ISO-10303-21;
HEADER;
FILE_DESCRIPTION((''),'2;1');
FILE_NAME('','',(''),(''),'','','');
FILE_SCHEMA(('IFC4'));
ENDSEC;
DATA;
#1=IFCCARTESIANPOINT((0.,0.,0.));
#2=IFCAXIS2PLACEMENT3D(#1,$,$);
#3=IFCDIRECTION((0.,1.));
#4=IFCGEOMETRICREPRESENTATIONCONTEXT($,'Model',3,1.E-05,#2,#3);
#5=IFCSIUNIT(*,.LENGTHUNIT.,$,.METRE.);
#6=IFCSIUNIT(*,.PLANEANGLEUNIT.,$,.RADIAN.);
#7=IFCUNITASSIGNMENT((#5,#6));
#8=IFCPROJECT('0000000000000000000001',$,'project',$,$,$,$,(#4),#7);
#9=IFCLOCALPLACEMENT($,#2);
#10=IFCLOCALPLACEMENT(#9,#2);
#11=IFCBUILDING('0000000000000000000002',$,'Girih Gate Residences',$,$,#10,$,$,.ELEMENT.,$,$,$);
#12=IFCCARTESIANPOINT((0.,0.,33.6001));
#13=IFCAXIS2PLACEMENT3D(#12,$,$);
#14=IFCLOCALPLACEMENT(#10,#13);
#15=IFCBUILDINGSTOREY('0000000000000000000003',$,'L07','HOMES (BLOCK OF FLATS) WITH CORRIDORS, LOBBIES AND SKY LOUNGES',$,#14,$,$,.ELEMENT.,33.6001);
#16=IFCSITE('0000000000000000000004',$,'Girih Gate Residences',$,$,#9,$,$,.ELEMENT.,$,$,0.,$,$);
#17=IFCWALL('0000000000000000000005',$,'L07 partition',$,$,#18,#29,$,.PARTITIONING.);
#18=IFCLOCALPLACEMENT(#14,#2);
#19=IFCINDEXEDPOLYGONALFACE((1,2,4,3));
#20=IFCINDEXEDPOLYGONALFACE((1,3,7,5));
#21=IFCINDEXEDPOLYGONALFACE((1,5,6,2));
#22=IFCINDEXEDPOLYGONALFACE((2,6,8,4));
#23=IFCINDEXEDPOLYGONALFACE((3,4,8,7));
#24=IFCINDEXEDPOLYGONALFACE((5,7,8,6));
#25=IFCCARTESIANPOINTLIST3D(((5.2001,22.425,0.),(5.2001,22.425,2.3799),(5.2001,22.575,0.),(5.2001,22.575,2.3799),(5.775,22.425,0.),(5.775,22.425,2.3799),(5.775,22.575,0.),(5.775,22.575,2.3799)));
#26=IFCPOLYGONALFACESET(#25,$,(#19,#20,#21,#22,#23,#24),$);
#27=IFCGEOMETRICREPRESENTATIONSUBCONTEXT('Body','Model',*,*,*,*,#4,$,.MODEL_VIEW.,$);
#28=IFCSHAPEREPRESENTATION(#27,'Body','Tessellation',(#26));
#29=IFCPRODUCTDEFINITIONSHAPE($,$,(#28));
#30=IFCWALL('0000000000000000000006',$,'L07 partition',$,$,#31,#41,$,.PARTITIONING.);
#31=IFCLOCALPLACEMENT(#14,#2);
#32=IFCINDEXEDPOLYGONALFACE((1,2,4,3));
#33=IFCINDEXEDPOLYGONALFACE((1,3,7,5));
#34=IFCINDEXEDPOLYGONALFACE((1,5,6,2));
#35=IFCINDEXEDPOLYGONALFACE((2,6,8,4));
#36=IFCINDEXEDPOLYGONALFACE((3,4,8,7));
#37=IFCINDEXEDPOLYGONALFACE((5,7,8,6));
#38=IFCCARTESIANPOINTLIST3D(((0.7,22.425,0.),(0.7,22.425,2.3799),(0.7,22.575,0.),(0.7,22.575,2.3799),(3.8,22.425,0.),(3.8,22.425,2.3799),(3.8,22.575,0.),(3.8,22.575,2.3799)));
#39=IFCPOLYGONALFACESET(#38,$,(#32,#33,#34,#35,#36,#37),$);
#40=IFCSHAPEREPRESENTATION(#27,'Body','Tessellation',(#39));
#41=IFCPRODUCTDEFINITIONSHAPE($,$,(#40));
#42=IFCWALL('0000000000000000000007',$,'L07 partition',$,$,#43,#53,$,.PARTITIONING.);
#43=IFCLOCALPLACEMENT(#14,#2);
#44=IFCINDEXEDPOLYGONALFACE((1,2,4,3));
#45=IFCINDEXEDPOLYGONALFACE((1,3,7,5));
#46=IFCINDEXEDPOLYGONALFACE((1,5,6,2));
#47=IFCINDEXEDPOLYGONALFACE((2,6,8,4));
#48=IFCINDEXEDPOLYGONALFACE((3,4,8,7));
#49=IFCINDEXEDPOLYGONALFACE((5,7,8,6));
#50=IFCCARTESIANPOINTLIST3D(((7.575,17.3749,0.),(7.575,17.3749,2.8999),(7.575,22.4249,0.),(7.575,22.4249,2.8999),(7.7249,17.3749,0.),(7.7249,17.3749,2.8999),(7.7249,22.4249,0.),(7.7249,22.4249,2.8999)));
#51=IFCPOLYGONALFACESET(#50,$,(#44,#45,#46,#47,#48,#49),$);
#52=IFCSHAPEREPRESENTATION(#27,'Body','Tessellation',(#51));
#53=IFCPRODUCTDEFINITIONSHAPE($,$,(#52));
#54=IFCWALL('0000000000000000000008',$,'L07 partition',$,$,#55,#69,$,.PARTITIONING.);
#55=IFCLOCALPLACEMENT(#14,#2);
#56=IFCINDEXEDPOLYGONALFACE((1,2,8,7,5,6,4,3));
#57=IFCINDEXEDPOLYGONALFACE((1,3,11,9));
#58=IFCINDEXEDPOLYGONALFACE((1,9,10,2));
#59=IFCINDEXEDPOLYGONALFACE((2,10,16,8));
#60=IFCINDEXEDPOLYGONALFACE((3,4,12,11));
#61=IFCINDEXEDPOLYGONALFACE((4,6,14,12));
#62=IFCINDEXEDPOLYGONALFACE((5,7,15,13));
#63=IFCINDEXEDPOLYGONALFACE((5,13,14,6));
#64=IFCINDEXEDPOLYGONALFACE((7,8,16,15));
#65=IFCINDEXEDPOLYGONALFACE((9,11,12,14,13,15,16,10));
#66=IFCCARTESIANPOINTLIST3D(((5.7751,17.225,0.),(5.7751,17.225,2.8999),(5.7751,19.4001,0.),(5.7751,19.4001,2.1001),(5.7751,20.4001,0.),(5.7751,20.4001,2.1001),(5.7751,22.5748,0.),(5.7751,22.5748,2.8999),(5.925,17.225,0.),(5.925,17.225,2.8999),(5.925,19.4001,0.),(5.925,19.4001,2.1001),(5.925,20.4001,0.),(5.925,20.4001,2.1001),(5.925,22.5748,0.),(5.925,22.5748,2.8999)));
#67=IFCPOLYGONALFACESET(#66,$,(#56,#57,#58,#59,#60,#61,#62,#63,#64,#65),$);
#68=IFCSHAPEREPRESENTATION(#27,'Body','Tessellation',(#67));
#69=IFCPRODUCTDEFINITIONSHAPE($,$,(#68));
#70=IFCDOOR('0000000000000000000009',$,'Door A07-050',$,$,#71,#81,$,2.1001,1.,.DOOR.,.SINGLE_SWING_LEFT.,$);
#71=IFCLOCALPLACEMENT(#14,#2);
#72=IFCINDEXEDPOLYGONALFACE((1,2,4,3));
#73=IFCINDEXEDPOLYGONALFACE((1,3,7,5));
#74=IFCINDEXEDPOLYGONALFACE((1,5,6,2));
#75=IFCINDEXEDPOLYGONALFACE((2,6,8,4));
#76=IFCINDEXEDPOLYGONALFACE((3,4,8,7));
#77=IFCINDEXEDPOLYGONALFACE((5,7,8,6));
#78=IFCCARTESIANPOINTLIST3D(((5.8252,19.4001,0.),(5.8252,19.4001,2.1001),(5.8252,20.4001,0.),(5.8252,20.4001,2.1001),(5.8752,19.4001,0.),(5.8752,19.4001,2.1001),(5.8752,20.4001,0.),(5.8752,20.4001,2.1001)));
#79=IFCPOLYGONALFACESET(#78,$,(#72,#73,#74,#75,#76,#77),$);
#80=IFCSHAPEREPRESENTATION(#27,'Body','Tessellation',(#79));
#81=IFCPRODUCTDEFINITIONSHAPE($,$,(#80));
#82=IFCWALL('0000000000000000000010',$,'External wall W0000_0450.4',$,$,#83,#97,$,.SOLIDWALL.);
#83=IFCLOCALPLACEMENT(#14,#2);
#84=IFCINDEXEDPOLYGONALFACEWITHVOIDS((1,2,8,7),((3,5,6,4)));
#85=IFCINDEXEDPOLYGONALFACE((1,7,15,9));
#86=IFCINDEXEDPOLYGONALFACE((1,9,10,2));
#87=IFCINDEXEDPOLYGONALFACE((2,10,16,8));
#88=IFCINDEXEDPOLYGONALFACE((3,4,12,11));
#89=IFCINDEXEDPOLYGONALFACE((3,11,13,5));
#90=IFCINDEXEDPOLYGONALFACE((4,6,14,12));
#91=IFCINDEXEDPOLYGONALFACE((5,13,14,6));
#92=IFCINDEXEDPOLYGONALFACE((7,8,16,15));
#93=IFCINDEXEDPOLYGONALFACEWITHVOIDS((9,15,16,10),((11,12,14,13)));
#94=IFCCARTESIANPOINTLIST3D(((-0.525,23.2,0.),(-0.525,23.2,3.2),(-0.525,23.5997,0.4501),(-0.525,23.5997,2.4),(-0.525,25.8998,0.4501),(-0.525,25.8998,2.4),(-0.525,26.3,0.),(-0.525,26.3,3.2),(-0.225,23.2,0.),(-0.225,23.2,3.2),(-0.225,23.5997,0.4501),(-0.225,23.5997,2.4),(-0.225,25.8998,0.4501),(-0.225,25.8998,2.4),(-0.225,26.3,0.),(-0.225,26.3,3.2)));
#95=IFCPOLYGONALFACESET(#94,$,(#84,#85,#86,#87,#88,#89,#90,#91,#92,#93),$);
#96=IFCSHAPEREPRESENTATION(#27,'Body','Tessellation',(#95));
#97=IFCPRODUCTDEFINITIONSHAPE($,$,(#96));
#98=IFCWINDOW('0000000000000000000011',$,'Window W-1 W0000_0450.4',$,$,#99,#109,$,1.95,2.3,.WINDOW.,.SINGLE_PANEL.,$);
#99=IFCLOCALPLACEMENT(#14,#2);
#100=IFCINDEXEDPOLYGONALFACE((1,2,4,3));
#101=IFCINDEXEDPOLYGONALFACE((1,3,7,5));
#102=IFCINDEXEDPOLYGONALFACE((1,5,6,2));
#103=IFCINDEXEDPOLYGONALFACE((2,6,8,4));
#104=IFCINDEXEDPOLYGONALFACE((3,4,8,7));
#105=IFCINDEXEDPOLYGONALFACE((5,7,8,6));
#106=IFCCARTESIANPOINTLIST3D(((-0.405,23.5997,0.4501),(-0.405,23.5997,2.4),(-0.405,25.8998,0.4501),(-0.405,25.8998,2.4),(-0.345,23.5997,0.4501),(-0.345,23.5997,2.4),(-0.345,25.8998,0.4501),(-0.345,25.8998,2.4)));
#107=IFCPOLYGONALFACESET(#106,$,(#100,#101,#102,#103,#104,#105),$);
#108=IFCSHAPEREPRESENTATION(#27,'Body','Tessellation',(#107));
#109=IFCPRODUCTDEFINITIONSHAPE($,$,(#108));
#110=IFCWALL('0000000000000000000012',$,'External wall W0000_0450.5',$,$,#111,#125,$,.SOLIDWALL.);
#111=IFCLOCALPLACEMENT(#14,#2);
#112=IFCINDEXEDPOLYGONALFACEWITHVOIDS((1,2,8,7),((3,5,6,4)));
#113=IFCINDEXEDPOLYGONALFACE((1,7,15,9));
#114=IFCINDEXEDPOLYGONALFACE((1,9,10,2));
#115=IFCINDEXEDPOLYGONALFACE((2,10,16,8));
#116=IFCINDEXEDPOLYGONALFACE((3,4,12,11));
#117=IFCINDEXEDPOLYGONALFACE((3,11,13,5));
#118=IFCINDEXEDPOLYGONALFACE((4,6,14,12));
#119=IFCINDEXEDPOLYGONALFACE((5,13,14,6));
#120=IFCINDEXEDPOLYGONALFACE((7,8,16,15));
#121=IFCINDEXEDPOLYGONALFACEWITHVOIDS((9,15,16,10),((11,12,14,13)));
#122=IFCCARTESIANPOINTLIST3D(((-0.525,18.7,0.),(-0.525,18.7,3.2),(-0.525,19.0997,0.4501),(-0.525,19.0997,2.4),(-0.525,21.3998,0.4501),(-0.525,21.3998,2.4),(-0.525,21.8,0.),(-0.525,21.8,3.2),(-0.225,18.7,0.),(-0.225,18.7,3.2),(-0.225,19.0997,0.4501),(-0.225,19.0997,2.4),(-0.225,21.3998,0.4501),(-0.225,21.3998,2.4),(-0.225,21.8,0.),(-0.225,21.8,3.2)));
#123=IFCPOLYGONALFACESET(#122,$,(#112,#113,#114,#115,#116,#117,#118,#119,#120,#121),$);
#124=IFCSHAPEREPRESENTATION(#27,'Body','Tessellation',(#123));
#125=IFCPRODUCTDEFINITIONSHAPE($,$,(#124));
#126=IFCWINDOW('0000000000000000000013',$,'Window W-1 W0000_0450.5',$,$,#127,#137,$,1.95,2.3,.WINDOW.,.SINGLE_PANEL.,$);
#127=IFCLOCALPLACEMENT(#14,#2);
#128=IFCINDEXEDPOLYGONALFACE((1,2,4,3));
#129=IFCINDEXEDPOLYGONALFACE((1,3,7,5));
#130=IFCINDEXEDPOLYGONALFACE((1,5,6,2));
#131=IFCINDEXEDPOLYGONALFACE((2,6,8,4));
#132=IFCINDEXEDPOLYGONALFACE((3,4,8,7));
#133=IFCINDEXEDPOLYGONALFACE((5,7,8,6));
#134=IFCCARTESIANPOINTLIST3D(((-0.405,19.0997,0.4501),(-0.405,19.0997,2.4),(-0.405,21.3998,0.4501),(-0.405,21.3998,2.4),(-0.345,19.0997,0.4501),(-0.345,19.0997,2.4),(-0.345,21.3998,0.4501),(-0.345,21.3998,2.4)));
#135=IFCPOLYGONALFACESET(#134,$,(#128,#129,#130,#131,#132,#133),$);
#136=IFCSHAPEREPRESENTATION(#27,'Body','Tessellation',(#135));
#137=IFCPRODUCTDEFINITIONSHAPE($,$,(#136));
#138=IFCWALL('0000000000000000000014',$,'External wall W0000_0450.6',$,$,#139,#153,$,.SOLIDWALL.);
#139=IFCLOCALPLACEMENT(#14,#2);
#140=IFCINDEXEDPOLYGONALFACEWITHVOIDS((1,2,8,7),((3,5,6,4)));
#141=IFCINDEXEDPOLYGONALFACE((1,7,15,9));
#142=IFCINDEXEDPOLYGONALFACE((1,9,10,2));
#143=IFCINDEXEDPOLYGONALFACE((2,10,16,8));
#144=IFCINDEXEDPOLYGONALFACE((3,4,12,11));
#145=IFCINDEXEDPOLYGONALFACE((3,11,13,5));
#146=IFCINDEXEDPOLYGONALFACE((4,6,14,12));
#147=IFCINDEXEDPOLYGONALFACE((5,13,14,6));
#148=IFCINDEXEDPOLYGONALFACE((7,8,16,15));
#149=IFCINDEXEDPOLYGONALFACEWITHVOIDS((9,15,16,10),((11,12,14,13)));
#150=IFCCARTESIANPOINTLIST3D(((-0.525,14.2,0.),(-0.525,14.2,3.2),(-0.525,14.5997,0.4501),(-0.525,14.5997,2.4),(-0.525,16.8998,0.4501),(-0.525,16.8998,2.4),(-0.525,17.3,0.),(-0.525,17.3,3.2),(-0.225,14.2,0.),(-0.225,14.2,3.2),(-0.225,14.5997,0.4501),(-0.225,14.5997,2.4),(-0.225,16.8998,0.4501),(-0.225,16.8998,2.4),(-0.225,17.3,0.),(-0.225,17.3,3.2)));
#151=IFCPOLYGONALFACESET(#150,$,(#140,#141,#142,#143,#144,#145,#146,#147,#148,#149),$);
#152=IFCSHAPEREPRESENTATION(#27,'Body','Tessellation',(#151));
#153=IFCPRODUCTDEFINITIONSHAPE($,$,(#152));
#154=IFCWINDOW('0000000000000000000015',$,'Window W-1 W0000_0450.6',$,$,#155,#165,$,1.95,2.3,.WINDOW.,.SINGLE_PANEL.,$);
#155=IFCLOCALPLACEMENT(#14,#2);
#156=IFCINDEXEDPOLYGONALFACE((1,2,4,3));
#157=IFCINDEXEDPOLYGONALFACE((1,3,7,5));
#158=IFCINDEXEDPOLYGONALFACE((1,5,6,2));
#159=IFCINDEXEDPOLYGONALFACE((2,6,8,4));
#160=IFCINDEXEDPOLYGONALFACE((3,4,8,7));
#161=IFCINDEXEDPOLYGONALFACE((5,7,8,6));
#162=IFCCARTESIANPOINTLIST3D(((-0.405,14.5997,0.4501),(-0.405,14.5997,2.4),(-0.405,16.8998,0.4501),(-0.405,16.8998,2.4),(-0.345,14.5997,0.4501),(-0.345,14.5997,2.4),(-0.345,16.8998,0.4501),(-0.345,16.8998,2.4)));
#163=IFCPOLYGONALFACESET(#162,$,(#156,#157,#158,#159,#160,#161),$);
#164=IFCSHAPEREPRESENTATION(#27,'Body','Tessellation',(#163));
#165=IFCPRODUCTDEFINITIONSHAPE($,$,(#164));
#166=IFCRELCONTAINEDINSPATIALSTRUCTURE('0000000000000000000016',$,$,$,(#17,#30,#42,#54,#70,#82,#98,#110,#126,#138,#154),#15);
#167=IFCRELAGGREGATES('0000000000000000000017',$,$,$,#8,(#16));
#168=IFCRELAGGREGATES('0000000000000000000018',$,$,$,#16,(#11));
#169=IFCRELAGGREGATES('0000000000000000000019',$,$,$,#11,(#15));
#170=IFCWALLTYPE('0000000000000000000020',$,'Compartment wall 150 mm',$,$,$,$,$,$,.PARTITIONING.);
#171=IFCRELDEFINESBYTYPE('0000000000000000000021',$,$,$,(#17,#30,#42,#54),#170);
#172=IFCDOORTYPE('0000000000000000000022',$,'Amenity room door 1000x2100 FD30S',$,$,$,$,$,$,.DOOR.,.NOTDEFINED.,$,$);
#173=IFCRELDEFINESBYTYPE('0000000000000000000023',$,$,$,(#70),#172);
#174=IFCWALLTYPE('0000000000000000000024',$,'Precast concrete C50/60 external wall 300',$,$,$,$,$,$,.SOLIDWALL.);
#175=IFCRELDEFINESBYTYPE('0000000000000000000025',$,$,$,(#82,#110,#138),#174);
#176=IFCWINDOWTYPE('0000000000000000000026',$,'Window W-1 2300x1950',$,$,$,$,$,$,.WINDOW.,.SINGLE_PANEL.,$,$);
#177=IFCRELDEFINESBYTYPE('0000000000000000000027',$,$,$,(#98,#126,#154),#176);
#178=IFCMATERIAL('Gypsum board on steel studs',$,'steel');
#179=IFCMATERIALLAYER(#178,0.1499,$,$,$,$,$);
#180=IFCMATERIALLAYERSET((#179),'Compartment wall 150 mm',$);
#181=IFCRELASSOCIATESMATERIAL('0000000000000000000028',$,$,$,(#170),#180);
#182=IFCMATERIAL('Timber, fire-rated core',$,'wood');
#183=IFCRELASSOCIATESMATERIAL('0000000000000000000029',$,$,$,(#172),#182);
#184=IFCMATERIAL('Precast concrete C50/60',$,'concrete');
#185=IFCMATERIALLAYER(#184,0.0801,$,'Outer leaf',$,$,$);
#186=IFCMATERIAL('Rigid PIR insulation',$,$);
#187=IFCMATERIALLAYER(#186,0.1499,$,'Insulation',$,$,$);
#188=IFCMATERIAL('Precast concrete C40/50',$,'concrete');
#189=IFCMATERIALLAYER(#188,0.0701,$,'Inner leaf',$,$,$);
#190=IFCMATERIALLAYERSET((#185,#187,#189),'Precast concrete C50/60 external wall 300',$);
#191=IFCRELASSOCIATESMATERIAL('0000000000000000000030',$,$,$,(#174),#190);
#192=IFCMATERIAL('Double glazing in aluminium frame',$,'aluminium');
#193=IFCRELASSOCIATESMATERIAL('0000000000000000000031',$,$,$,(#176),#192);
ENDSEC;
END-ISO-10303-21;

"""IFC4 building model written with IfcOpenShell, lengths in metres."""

from ifc_helpers import new_model, si_unit, direction, frame, frame_2d, origin, place, context, subcontext, project, spatial, rectangle, extrude, material, layer, layer_set, type_object, element, fill, save


model = new_model("IFC4")

# Units and contexts
model_context = context("Model", 3, precision=1e-05, world=origin(), true_north=direction((0.0, 1.0)))
body_context = subcontext(model_context, "Body", "Model", "MODEL_VIEW")
ifc_project = project(units=[si_unit("LENGTHUNIT", "METRE"), si_unit("PLANEANGLEUNIT", "RADIAN")], contexts=[model_context])

# Site, building, storey
site_placement = place(None, origin())
site = spatial("IfcSite", under=ifc_project, at=site_placement, Name="Girih Gate Residences", CompositionType="ELEMENT", RefElevation=0.0)
building_placement = place(site_placement, origin())
building = spatial("IfcBuilding", under=site, at=building_placement, Name="Girih Gate Residences", CompositionType="ELEMENT")
storey_placement = place(building_placement, frame((0.0, 0.0, 33.6001)))
storey = spatial("IfcBuildingStorey", under=building, at=storey_placement, Name="L07", Description="HOMES (BLOCK OF FLATS) WITH CORRIDORS, LOBBIES AND SKY LOUNGES", CompositionType="ELEMENT", Elevation=33.6001)

# Shared definitions
ifc_material_1 = material(Name="Gypsum board on steel studs", Category="steel")
ifc_layer_1 = layer(ifc_material_1, 0.1499)
ifc_layer_set_1 = layer_set([ifc_layer_1], Name="Compartment wall 150 mm")
wall_type_1 = type_object("IfcWallType", Name="Compartment wall 150 mm", PredefinedType="PARTITIONING", material=ifc_layer_set_1)

# Walls
wall_1_placement = place(storey_placement, frame((5.2, 22.5, 0.0), z_axis=(0.0, 0.0, 1.0), x_axis=(1.0, 0.0, 0.0)))
element("IfcWall", 1, at=wall_1_placement, inside=storey, type_object=wall_type_1, Name="L07 partition", PredefinedType="PARTITIONING", context=body_context, shape_type="SweptSolid", body=[
    extrude(rectangle(XDim=0.575, YDim=0.1499, at=frame_2d((0.2876, 0.0))), origin(), (0.0, 0.0, 1.0), 2.3799),
])
wall_2_placement = place(storey_placement, frame((0.7, 22.5, 0.0), z_axis=(0.0, 0.0, 1.0), x_axis=(1.0, 0.0, 0.0)))
element("IfcWall", 2, at=wall_2_placement, inside=storey, type_object=wall_type_1, Name="L07 partition", PredefinedType="PARTITIONING", context=body_context, shape_type="SweptSolid", body=[
    extrude(rectangle(XDim=3.1001, YDim=0.1499, at=frame_2d((1.55, 0.0))), origin(), (0.0, 0.0, 1.0), 2.3799),
])
wall_3_placement = place(storey_placement, frame((7.6499, 17.375, 0.0), z_axis=(0.0, 0.0, 1.0), x_axis=(0.0, 1.0, 0.0)))
element("IfcWall", 3, at=wall_3_placement, inside=storey, type_object=wall_type_1, Name="L07 partition", PredefinedType="PARTITIONING", context=body_context, shape_type="SweptSolid", body=[
    extrude(rectangle(XDim=5.05, YDim=0.1499, at=frame_2d((2.5249, 0.0))), origin(), (0.0, 0.0, 1.0), 2.8999),
])

# Wall, opening, door
wall_4_placement = place(storey_placement, frame((5.8501, 17.2251, 0.0), z_axis=(0.0, 0.0, 1.0), x_axis=(0.0, 1.0, 0.0)))
wall_4 = element("IfcWall", 4, at=wall_4_placement, inside=storey, type_object=wall_type_1, Name="L07 partition", PredefinedType="PARTITIONING", context=body_context, shape_type="SweptSolid", body=[
    extrude(rectangle(XDim=5.3499, YDim=0.1499, at=frame_2d((2.6748, 0.0))), origin(), (0.0, 0.0, 1.0), 2.8999),
])
opening_1_placement = place(wall_4_placement, frame((2.175, 0.0, 0.0)))
opening_1 = element("IfcOpeningElement", 5, at=opening_1_placement, cuts=wall_4, PredefinedType="OPENING", context=body_context, shape_type="SweptSolid", body=[
    extrude(rectangle(XDim=1.0, YDim=2.1001, at=frame_2d((0.5, 1.05))), frame((0.0, 0.085, 0.0), z_axis=(0.0, -1.0, 0.0), x_axis=(1.0, 0.0, 0.0)), (0.0, 0.0, 1.0), 0.1699),
])
ifc_material_2 = material(Name="Timber, fire-rated core", Category="wood")
door_type_1 = type_object("IfcDoorType", Name="Amenity room door 1000x2100 FD30S", OperationType="NOTDEFINED", PredefinedType="DOOR", material=ifc_material_2)
door_1_placement = place(opening_1_placement, origin())
door_1 = element("IfcDoor", 6, at=door_1_placement, inside=storey, type_object=door_type_1, Name="Door A07-050", OperationType="SINGLE_SWING_LEFT", OverallHeight=2.1001, OverallWidth=1.0, PredefinedType="DOOR", context=body_context, shape_type="SweptSolid", body=[
    extrude(rectangle(XDim=1.0, YDim=2.1001, at=frame_2d((0.5, 1.05))), frame((0.0, 0.0249, 0.0), z_axis=(0.0, -1.0, 0.0), x_axis=(1.0, 0.0, 0.0)), (0.0, 0.0, 1.0), 0.05),
])
fill(opening_1, door_1)

# Walls, openings, windows
ifc_material_3 = material(Name="Precast concrete C50/60", Category="concrete")
ifc_layer_2 = layer(ifc_material_3, 0.0801, Name="Outer leaf")
ifc_material_4 = material(Name="Rigid PIR insulation")
ifc_layer_3 = layer(ifc_material_4, 0.1499, Name="Insulation")
ifc_material_5 = material(Name="Precast concrete C40/50", Category="concrete")
ifc_layer_4 = layer(ifc_material_5, 0.0701, Name="Inner leaf")
ifc_layer_set_2 = layer_set([ifc_layer_2, ifc_layer_3, ifc_layer_4], Name="Precast concrete C50/60 external wall 300")
wall_type_2 = type_object("IfcWallType", Name="Precast concrete C50/60 external wall 300", PredefinedType="SOLIDWALL", material=ifc_layer_set_2)
wall_5_placement = place(storey_placement, frame((-0.375, 23.2, 0.0), z_axis=(0.0, 0.0, 1.0), x_axis=(0.0, 1.0, 0.0)))
wall_5 = element("IfcWall", 7, at=wall_5_placement, inside=storey, type_object=wall_type_2, Name="External wall W0000_0450.4", PredefinedType="SOLIDWALL", context=body_context, shape_type="SweptSolid", body=[
    extrude(rectangle(XDim=3.1001, YDim=0.3, at=frame_2d((1.55, 0.0))), origin(), (0.0, 0.0, 1.0), 3.2),
])
opening_2_placement = place(wall_5_placement, frame((0.3999, 0.0, 0.45)))
opening_2 = element("IfcOpeningElement", 8, at=opening_2_placement, cuts=wall_5, PredefinedType="OPENING", context=body_context, shape_type="SweptSolid", body=[
    extrude(rectangle(XDim=2.3, YDim=1.95, at=frame_2d((1.1499, 0.9751))), frame((0.0, 0.1599, 0.0), z_axis=(0.0, -1.0, 0.0), x_axis=(1.0, 0.0, 0.0)), (0.0, 0.0, 1.0), 0.3201),
])
ifc_material_6 = material(Name="Double glazing in aluminium frame", Category="aluminium")
window_type = type_object("IfcWindowType", Name="Window W-1 2300x1950", PartitioningType="SINGLE_PANEL", PredefinedType="WINDOW", material=ifc_material_6)
window_1_placement = place(opening_2_placement, origin())
window_1 = element("IfcWindow", 9, at=window_1_placement, inside=storey, type_object=window_type, Name="Window W-1 W0000_0450.4", OverallHeight=1.95, OverallWidth=2.3, PartitioningType="SINGLE_PANEL", PredefinedType="WINDOW", context=body_context, shape_type="SweptSolid", body=[
    extrude(rectangle(XDim=2.3, YDim=1.95, at=frame_2d((1.1499, 0.9751))), frame((0.0, 0.03, 0.0), z_axis=(0.0, -1.0, 0.0), x_axis=(1.0, 0.0, 0.0)), (0.0, 0.0, 1.0), 0.0601),
])
fill(opening_2, window_1)
wall_6_placement = place(storey_placement, frame((-0.375, 18.7, 0.0), z_axis=(0.0, 0.0, 1.0), x_axis=(0.0, 1.0, 0.0)))
wall_6 = element("IfcWall", 10, at=wall_6_placement, inside=storey, type_object=wall_type_2, Name="External wall W0000_0450.5", PredefinedType="SOLIDWALL", context=body_context, shape_type="SweptSolid", body=[
    extrude(rectangle(XDim=3.1001, YDim=0.3, at=frame_2d((1.55, 0.0))), origin(), (0.0, 0.0, 1.0), 3.2),
])
opening_3_placement = place(wall_6_placement, frame((0.3999, 0.0, 0.45)))
opening_3 = element("IfcOpeningElement", 11, at=opening_3_placement, cuts=wall_6, PredefinedType="OPENING", context=body_context, shape_type="SweptSolid", body=[
    extrude(rectangle(XDim=2.3, YDim=1.95, at=frame_2d((1.1499, 0.9751))), frame((0.0, 0.1599, 0.0), z_axis=(0.0, -1.0, 0.0), x_axis=(1.0, 0.0, 0.0)), (0.0, 0.0, 1.0), 0.3201),
])
window_2_placement = place(opening_3_placement, origin())
window_2 = element("IfcWindow", 12, at=window_2_placement, inside=storey, type_object=window_type, Name="Window W-1 W0000_0450.5", OverallHeight=1.95, OverallWidth=2.3, PartitioningType="SINGLE_PANEL", PredefinedType="WINDOW", context=body_context, shape_type="SweptSolid", body=[
    extrude(rectangle(XDim=2.3, YDim=1.95, at=frame_2d((1.1499, 0.9751))), frame((0.0, 0.03, 0.0), z_axis=(0.0, -1.0, 0.0), x_axis=(1.0, 0.0, 0.0)), (0.0, 0.0, 1.0), 0.0601),
])
fill(opening_3, window_2)
wall_7_placement = place(storey_placement, frame((-0.375, 14.2, 0.0), z_axis=(0.0, 0.0, 1.0), x_axis=(0.0, 1.0, 0.0)))
wall_7 = element("IfcWall", 13, at=wall_7_placement, inside=storey, type_object=wall_type_2, Name="External wall W0000_0450.6", PredefinedType="SOLIDWALL", context=body_context, shape_type="SweptSolid", body=[
    extrude(rectangle(XDim=3.1001, YDim=0.3, at=frame_2d((1.55, 0.0))), origin(), (0.0, 0.0, 1.0), 3.2),
])
opening_4_placement = place(wall_7_placement, frame((0.3999, 0.0, 0.45)))
opening_4 = element("IfcOpeningElement", 14, at=opening_4_placement, cuts=wall_7, PredefinedType="OPENING", context=body_context, shape_type="SweptSolid", body=[
    extrude(rectangle(XDim=2.3, YDim=1.95, at=frame_2d((1.1499, 0.9751))), frame((0.0, 0.1599, 0.0), z_axis=(0.0, -1.0, 0.0), x_axis=(1.0, 0.0, 0.0)), (0.0, 0.0, 1.0), 0.3201),
])
window_3_placement = place(opening_4_placement, origin())
window_3 = element("IfcWindow", 15, at=window_3_placement, inside=storey, type_object=window_type, Name="Window W-1 W0000_0450.6", OverallHeight=1.95, OverallWidth=2.3, PartitioningType="SINGLE_PANEL", PredefinedType="WINDOW", context=body_context, shape_type="SweptSolid", body=[
    extrude(rectangle(XDim=2.3, YDim=1.95, at=frame_2d((1.1499, 0.9751))), frame((0.0, 0.03, 0.0), z_axis=(0.0, -1.0, 0.0), x_axis=(1.0, 0.0, 0.0)), (0.0, 0.0, 1.0), 0.0601),
])
fill(opening_4, window_3)

save(model, "model.ifc")
